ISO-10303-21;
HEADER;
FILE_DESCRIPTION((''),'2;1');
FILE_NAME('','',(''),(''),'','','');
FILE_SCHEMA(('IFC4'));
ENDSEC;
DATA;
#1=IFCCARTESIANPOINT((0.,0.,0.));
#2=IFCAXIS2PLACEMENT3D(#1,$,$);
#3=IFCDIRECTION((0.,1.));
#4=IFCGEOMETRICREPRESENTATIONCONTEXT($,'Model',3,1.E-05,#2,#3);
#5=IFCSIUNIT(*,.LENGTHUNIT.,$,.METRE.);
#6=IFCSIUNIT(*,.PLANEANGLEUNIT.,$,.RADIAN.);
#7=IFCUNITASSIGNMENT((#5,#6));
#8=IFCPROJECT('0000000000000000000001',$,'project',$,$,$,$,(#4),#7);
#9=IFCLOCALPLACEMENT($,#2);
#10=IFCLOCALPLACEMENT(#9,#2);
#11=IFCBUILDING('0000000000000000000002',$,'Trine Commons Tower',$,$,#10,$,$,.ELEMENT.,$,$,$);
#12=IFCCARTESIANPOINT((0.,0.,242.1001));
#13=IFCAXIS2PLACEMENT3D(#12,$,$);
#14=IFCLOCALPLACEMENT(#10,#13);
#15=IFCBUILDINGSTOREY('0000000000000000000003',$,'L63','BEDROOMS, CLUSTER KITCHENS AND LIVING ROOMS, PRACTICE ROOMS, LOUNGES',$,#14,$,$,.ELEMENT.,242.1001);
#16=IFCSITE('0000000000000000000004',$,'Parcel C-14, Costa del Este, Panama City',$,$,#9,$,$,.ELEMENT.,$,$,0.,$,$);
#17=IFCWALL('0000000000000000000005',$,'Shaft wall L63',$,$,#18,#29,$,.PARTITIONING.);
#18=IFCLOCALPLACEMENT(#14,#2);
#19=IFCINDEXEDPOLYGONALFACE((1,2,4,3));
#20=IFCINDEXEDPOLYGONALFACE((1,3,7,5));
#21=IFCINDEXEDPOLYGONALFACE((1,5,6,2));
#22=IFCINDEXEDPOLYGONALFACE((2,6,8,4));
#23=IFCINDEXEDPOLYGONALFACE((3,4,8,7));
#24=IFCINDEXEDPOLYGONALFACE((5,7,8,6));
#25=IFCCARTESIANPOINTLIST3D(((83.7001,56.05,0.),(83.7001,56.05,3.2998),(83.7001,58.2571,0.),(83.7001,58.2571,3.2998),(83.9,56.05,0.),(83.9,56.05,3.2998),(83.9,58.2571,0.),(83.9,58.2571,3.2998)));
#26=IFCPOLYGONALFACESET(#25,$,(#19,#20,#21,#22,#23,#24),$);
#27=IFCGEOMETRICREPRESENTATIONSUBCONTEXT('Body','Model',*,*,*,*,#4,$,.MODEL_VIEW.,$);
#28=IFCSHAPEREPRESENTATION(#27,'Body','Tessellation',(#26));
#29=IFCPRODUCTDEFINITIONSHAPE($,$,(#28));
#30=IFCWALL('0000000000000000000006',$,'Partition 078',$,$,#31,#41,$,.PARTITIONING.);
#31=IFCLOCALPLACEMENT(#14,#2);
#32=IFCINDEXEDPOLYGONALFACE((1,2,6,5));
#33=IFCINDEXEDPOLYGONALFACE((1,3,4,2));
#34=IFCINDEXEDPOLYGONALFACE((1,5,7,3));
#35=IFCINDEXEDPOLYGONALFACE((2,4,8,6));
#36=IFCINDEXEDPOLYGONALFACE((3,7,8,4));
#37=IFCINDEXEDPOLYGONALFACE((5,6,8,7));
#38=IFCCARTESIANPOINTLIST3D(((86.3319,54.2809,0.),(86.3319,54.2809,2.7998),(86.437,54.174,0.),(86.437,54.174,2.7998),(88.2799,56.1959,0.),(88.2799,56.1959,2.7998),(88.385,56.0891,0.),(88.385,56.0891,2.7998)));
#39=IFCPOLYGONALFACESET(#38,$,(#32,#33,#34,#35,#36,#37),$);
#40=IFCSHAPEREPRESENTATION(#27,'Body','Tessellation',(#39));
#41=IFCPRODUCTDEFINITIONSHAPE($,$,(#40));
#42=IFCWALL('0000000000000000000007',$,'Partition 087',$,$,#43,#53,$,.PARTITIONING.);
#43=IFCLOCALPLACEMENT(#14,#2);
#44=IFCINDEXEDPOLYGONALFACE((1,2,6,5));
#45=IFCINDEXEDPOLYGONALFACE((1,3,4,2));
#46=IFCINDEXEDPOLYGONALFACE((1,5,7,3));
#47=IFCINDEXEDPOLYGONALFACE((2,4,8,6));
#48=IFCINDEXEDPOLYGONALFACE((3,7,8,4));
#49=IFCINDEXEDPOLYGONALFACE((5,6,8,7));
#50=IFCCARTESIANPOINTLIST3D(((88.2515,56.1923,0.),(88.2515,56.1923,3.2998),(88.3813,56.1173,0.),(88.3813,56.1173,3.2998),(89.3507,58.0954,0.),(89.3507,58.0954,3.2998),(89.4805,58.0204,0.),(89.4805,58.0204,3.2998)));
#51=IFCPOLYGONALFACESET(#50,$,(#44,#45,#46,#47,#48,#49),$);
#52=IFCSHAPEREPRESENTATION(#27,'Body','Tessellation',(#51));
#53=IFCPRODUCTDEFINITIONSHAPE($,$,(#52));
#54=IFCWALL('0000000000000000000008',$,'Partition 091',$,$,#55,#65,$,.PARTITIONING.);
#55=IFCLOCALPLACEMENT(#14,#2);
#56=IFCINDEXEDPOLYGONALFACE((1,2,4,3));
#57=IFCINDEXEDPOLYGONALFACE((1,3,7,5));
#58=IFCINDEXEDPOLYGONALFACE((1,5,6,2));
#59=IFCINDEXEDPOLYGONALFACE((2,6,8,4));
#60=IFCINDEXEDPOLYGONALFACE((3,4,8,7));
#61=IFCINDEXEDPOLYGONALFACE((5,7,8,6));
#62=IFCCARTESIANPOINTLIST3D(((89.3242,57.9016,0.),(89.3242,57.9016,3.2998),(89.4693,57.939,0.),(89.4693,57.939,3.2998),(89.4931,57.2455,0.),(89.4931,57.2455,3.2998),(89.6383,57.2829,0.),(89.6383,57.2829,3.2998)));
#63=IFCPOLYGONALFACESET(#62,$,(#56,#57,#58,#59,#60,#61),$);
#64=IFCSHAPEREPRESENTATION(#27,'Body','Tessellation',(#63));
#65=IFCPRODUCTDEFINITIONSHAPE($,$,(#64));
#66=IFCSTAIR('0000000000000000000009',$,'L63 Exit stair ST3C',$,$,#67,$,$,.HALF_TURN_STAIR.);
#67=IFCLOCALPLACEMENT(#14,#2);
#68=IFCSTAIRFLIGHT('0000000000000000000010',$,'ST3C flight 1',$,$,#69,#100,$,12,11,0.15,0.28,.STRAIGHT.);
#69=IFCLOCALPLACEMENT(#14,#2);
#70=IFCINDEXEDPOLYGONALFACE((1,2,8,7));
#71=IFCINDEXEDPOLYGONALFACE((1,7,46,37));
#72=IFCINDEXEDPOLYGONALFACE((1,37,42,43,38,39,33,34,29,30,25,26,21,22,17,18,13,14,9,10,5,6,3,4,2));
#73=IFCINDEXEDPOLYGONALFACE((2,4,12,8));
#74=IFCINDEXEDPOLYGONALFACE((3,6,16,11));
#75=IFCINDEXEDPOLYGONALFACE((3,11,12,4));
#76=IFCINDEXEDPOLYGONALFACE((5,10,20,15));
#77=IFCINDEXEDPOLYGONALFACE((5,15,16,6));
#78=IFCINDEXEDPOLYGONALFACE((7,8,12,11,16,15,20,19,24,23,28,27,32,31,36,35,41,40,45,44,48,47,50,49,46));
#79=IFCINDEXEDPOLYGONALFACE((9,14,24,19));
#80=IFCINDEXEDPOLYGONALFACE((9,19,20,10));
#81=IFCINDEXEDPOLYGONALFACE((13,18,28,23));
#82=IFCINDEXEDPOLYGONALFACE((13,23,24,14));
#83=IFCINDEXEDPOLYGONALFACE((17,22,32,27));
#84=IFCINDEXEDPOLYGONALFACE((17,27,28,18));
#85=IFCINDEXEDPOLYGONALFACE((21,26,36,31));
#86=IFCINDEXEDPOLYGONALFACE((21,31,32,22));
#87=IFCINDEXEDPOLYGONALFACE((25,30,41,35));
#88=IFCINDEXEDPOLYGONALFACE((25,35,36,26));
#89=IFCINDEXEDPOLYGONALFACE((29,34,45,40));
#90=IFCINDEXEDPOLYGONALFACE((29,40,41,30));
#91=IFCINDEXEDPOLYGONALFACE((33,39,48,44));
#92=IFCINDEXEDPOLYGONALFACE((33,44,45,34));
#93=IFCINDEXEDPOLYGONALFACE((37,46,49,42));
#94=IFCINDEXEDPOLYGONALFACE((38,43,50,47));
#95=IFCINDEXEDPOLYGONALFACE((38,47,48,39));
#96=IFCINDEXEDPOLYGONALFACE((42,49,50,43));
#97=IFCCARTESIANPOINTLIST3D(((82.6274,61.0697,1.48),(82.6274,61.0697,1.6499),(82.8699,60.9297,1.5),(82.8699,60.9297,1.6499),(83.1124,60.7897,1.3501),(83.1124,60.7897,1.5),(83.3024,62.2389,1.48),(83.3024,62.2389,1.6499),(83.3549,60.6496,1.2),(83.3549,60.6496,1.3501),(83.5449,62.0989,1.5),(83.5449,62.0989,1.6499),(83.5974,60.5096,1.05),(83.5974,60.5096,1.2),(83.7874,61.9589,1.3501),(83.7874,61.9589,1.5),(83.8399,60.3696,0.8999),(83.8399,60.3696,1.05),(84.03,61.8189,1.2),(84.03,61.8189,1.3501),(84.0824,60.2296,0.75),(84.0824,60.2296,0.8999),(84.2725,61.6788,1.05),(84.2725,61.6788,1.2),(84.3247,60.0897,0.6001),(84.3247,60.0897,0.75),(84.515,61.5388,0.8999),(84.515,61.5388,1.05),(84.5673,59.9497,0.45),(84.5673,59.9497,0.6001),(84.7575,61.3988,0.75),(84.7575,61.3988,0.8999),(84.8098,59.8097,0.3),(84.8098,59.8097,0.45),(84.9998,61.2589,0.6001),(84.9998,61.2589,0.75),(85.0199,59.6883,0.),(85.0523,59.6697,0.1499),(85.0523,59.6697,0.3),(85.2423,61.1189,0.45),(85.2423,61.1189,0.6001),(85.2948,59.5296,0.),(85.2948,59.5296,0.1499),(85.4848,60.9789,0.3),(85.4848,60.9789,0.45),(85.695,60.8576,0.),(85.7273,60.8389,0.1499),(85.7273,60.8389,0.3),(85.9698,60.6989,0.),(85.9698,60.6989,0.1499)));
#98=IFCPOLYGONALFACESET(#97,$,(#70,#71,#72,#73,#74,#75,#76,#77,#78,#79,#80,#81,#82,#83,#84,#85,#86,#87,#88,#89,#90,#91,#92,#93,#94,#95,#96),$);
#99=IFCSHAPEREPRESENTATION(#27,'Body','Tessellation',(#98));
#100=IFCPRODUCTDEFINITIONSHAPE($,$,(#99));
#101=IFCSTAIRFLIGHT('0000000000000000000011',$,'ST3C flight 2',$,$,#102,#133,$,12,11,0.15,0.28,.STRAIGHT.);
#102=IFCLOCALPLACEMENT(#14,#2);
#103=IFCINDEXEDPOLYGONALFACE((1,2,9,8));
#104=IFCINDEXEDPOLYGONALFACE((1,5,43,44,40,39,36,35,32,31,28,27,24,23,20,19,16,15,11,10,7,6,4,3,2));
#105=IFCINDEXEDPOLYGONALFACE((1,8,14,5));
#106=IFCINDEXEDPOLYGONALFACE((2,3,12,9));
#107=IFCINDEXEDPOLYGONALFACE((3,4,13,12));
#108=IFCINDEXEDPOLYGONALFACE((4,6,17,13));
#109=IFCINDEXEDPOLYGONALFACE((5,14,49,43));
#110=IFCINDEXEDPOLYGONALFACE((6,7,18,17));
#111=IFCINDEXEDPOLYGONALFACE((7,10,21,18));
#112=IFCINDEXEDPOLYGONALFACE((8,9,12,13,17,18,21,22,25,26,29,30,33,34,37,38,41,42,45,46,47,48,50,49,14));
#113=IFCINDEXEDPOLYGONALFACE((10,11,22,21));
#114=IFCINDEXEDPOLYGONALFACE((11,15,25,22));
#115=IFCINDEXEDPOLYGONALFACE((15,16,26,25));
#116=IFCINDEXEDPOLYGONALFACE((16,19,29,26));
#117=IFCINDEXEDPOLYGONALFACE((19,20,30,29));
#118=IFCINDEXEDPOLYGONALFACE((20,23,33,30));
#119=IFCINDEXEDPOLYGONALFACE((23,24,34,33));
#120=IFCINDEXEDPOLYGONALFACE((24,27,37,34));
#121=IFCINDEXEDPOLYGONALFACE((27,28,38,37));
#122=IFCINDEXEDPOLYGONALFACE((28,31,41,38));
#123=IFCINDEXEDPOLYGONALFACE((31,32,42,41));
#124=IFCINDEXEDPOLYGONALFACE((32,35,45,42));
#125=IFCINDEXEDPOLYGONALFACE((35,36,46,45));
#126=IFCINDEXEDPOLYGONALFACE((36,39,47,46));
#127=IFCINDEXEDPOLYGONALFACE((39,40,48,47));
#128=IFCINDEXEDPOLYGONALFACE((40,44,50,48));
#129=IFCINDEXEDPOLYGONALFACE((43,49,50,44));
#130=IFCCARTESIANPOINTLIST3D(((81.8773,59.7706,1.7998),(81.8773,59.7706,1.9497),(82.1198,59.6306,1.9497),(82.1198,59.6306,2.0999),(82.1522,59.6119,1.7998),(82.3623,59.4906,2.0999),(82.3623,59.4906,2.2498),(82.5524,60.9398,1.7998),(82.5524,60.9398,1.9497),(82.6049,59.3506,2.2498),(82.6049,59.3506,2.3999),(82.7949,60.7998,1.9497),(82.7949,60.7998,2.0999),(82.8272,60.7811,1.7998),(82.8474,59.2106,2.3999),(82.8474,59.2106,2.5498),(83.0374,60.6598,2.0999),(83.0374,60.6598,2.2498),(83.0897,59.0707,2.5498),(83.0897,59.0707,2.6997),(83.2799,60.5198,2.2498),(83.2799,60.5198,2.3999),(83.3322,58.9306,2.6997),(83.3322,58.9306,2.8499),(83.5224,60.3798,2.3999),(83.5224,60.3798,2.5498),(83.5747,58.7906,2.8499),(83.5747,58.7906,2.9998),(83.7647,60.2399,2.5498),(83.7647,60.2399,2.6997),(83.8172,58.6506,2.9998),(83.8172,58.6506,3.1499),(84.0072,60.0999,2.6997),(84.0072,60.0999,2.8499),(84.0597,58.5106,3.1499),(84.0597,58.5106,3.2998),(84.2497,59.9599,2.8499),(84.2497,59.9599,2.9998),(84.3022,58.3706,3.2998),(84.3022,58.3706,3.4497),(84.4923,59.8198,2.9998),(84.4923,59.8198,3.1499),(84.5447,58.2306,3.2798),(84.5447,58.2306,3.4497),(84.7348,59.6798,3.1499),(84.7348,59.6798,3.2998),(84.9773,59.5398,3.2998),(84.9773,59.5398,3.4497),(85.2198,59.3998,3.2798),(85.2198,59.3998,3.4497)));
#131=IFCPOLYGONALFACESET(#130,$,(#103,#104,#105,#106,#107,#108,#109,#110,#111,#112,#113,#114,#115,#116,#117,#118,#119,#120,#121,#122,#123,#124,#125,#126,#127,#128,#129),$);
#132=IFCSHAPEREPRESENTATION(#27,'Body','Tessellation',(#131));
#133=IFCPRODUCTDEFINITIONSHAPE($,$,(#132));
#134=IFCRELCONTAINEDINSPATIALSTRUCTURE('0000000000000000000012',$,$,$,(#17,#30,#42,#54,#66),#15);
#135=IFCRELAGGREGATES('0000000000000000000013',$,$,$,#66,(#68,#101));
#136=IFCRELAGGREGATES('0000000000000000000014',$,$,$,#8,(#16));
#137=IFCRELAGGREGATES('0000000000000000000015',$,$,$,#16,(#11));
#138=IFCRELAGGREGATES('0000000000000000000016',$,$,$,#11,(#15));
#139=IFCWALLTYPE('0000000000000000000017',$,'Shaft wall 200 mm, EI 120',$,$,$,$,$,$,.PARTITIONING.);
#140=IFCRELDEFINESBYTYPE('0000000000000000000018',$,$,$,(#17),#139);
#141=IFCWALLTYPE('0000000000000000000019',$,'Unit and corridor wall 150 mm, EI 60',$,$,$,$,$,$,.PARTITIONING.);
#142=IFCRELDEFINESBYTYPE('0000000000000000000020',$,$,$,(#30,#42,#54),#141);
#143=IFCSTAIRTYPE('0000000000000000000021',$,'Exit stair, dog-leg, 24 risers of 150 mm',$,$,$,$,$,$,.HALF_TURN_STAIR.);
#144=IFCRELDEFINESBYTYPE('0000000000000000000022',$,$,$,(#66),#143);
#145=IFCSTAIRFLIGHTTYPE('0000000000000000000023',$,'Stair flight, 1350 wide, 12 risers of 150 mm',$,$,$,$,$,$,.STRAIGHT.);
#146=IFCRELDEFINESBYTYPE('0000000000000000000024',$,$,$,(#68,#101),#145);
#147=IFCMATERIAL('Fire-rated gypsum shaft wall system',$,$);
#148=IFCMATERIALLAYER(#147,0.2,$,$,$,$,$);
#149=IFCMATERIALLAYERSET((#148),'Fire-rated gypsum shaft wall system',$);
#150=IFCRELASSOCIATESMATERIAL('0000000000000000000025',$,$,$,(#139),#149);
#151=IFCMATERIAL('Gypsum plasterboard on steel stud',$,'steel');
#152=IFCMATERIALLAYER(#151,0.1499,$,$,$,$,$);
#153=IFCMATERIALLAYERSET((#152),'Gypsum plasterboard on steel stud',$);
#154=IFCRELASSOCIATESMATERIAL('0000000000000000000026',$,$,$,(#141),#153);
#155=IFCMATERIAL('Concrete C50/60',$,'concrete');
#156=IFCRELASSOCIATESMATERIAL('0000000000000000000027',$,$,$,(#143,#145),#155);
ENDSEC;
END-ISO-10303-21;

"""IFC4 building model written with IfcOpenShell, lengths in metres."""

from ifc_helpers import new_model, si_unit, direction, frame, frame_2d, origin, place, context, subcontext, project, spatial, polyline, rectangle, outline, extrude, material, layer, layer_set, type_object, element, aggregate, save


model = new_model("IFC4")

# Units and contexts
model_context = context("Model", 3, precision=1e-05, world=origin(), true_north=direction((0.0, 1.0)))
body_context = subcontext(model_context, "Body", "Model", "MODEL_VIEW")
ifc_project = project(units=[si_unit("LENGTHUNIT", "METRE"), si_unit("PLANEANGLEUNIT", "RADIAN")], contexts=[model_context])

# Site, building, storey
site_placement = place(None, origin())
site = spatial("IfcSite", under=ifc_project, at=site_placement, Name="Parcel C-14, Costa del Este, Panama City", CompositionType="ELEMENT", RefElevation=0.0)
building_placement = place(site_placement, origin())
building = spatial("IfcBuilding", under=site, at=building_placement, Name="Trine Commons Tower", CompositionType="ELEMENT")
storey_placement = place(building_placement, frame((0.0, 0.0, 242.1001)))
storey = spatial("IfcBuildingStorey", under=building, at=storey_placement, Name="L63", Description="BEDROOMS, CLUSTER KITCHENS AND LIVING ROOMS, PRACTICE ROOMS, LOUNGES", CompositionType="ELEMENT", Elevation=242.1001)

# Shared definitions
ifc_material_1 = material(Name="Concrete C50/60", Category="concrete")

# Walls
ifc_material_2 = material(Name="Fire-rated gypsum shaft wall system")
ifc_layer_1 = layer(ifc_material_2, 0.2)
ifc_layer_set_1 = layer_set([ifc_layer_1], Name="Fire-rated gypsum shaft wall system")
wall_type_1 = type_object("IfcWallType", Name="Shaft wall 200 mm, EI 120", PredefinedType="PARTITIONING", material=ifc_layer_set_1)
wall_1_placement = place(storey_placement, frame((83.8, 58.2571, 0.0), z_axis=(0.0, 0.0, 1.0), x_axis=(0.0, -1.0, 0.0)))
element("IfcWall", 1, at=wall_1_placement, inside=storey, type_object=wall_type_1, Name="Shaft wall L63", PredefinedType="PARTITIONING", context=body_context, shape_type="SweptSolid", body=[
    extrude(rectangle(XDim=2.207, YDim=0.2, at=frame_2d((1.1035, 0.0))), origin(), (0.0, 0.0, 1.0), 3.2998),
])
ifc_material_3 = material(Name="Gypsum plasterboard on steel stud", Category="steel")
ifc_layer_2 = layer(ifc_material_3, 0.1499)
ifc_layer_set_2 = layer_set([ifc_layer_2], Name="Gypsum plasterboard on steel stud")
wall_type_2 = type_object("IfcWallType", Name="Unit and corridor wall 150 mm, EI 60", PredefinedType="PARTITIONING", material=ifc_layer_set_2)
wall_2_placement = place(storey_placement, frame((86.3845, 54.2275, 0.0), z_axis=(0.0, 0.0, 1.0), x_axis=(0.713114, 0.701048, 0.0)))
element("IfcWall", 2, at=wall_2_placement, inside=storey, type_object=wall_type_2, Name="Partition 078", PredefinedType="PARTITIONING", context=body_context, shape_type="SweptSolid", body=[
    extrude(rectangle(XDim=2.7317, YDim=0.1499, at=frame_2d((1.3657, 0.0))), origin(), (0.0, 0.0, 1.0), 2.7998),
])
wall_3_placement = place(storey_placement, frame((88.3164, 56.1548, 0.0), z_axis=(0.0, 0.0, 1.0), x_axis=(0.50013, 0.865951, 0.0)))
element("IfcWall", 3, at=wall_3_placement, inside=storey, type_object=wall_type_2, Name="Partition 087", PredefinedType="PARTITIONING", context=body_context, shape_type="SweptSolid", body=[
    extrude(rectangle(XDim=2.1978, YDim=0.1499, at=frame_2d((1.0989, 0.0))), origin(), (0.0, 0.0, 1.0), 3.2998),
])
wall_4_placement = place(storey_placement, frame((89.3967, 57.9204, 0.0), z_axis=(0.0, 0.0, 1.0), x_axis=(0.249398, -0.968401, 0.0)))
element("IfcWall", 4, at=wall_4_placement, inside=storey, type_object=wall_type_2, Name="Partition 091", PredefinedType="PARTITIONING", context=body_context, shape_type="SweptSolid", body=[
    extrude(rectangle(XDim=0.6775, YDim=0.1499, at=frame_2d((0.3389, 0.0))), origin(), (0.0, 0.0, 1.0), 3.2998),
])

# Stair, stair flights
stair_type = type_object("IfcStairType", Name="Exit stair, dog-leg, 24 risers of 150 mm", PredefinedType="HALF_TURN_STAIR", material=ifc_material_1)
stair_placement = place(storey_placement, origin())
stair = element("IfcStair", 5, at=stair_placement, inside=storey, type_object=stair_type, Name="L63 Exit stair ST3C", PredefinedType="HALF_TURN_STAIR")
stair_flight_type = type_object("IfcStairFlightType", Name="Stair flight, 1350 wide, 12 risers of 150 mm", PredefinedType="STRAIGHT", material=ifc_material_1)
stair_flight_1_placement = place(storey_placement, frame((85.6323, 60.1143, 0.0), z_axis=(0.0, 0.0, 1.0), x_axis=(-0.866025, 0.5, 0.0)))
stair_flight_1 = element("IfcStairFlight", 6, at=stair_flight_1_placement, type_object=stair_flight_type, Name="ST3C flight 1", NumberOfRisers=12, NumberOfTreads=11, PredefinedType="STRAIGHT", RiserHeight=0.15, TreadLength=0.28, context=body_context, shape_type="SweptSolid", body=[
    extrude(outline(polyline([(0.0, 0.0), (0.0, 0.1499), (0.28, 0.1499), (0.28, 0.3), (0.5601, 0.3), (0.5601, 0.45), (0.8401, 0.45), (0.8401, 0.6001), (1.1201, 0.6001), (1.1201, 0.75), (1.3999, 0.75), (1.3999, 0.8999), (1.6799, 0.8999), (1.6799, 1.05), (1.96, 1.05), (1.96, 1.2), (2.24, 1.2), (2.24, 1.3501), (2.52, 1.3501), (2.52, 1.5), (2.8, 1.5), (2.8, 1.6499), (3.0801, 1.6499), (3.0801, 1.8), (3.0801, 1.48), (0.3174, 0.0), (0.0, 0.0)])), frame((0.0, 0.675, 0.0), z_axis=(0.0, -1.0, 0.0), x_axis=(1.0, 0.0, 0.0)), (0.0, 0.0, 1.0), 1.3501),
])
stair_flight_2_placement = place(storey_placement, frame((82.2148, 60.3552, 1.7998), z_axis=(0.0, 0.0, 1.0), x_axis=(0.866025, -0.5, 0.0)))
stair_flight_2 = element("IfcStairFlight", 7, at=stair_flight_2_placement, type_object=stair_flight_type, Name="ST3C flight 2", NumberOfRisers=12, NumberOfTreads=11, PredefinedType="STRAIGHT", RiserHeight=0.15, TreadLength=0.28, context=body_context, shape_type="SweptSolid", body=[
    extrude(outline(polyline([(0.0, 0.0), (0.0, 0.1499), (0.28, 0.1499), (0.28, 0.3), (0.5601, 0.3), (0.5601, 0.45), (0.8401, 0.45), (0.8401, 0.6001), (1.1201, 0.6001), (1.1201, 0.75), (1.3999, 0.75), (1.3999, 0.8999), (1.6799, 0.8999), (1.6799, 1.05), (1.96, 1.05), (1.96, 1.2), (2.24, 1.2), (2.24, 1.3501), (2.52, 1.3501), (2.52, 1.5), (2.8, 1.5), (2.8, 1.6499), (3.0801, 1.6499), (3.0801, 1.8), (3.0801, 1.48), (0.3174, 0.0), (0.0, 0.0)])), frame((0.0, 0.675, 0.0), z_axis=(0.0, -1.0, 0.0), x_axis=(1.0, 0.0, 0.0)), (0.0, 0.0, 1.0), 1.3501),
])
aggregate(stair, [stair_flight_1, stair_flight_2])

save(model, "model.ifc")
